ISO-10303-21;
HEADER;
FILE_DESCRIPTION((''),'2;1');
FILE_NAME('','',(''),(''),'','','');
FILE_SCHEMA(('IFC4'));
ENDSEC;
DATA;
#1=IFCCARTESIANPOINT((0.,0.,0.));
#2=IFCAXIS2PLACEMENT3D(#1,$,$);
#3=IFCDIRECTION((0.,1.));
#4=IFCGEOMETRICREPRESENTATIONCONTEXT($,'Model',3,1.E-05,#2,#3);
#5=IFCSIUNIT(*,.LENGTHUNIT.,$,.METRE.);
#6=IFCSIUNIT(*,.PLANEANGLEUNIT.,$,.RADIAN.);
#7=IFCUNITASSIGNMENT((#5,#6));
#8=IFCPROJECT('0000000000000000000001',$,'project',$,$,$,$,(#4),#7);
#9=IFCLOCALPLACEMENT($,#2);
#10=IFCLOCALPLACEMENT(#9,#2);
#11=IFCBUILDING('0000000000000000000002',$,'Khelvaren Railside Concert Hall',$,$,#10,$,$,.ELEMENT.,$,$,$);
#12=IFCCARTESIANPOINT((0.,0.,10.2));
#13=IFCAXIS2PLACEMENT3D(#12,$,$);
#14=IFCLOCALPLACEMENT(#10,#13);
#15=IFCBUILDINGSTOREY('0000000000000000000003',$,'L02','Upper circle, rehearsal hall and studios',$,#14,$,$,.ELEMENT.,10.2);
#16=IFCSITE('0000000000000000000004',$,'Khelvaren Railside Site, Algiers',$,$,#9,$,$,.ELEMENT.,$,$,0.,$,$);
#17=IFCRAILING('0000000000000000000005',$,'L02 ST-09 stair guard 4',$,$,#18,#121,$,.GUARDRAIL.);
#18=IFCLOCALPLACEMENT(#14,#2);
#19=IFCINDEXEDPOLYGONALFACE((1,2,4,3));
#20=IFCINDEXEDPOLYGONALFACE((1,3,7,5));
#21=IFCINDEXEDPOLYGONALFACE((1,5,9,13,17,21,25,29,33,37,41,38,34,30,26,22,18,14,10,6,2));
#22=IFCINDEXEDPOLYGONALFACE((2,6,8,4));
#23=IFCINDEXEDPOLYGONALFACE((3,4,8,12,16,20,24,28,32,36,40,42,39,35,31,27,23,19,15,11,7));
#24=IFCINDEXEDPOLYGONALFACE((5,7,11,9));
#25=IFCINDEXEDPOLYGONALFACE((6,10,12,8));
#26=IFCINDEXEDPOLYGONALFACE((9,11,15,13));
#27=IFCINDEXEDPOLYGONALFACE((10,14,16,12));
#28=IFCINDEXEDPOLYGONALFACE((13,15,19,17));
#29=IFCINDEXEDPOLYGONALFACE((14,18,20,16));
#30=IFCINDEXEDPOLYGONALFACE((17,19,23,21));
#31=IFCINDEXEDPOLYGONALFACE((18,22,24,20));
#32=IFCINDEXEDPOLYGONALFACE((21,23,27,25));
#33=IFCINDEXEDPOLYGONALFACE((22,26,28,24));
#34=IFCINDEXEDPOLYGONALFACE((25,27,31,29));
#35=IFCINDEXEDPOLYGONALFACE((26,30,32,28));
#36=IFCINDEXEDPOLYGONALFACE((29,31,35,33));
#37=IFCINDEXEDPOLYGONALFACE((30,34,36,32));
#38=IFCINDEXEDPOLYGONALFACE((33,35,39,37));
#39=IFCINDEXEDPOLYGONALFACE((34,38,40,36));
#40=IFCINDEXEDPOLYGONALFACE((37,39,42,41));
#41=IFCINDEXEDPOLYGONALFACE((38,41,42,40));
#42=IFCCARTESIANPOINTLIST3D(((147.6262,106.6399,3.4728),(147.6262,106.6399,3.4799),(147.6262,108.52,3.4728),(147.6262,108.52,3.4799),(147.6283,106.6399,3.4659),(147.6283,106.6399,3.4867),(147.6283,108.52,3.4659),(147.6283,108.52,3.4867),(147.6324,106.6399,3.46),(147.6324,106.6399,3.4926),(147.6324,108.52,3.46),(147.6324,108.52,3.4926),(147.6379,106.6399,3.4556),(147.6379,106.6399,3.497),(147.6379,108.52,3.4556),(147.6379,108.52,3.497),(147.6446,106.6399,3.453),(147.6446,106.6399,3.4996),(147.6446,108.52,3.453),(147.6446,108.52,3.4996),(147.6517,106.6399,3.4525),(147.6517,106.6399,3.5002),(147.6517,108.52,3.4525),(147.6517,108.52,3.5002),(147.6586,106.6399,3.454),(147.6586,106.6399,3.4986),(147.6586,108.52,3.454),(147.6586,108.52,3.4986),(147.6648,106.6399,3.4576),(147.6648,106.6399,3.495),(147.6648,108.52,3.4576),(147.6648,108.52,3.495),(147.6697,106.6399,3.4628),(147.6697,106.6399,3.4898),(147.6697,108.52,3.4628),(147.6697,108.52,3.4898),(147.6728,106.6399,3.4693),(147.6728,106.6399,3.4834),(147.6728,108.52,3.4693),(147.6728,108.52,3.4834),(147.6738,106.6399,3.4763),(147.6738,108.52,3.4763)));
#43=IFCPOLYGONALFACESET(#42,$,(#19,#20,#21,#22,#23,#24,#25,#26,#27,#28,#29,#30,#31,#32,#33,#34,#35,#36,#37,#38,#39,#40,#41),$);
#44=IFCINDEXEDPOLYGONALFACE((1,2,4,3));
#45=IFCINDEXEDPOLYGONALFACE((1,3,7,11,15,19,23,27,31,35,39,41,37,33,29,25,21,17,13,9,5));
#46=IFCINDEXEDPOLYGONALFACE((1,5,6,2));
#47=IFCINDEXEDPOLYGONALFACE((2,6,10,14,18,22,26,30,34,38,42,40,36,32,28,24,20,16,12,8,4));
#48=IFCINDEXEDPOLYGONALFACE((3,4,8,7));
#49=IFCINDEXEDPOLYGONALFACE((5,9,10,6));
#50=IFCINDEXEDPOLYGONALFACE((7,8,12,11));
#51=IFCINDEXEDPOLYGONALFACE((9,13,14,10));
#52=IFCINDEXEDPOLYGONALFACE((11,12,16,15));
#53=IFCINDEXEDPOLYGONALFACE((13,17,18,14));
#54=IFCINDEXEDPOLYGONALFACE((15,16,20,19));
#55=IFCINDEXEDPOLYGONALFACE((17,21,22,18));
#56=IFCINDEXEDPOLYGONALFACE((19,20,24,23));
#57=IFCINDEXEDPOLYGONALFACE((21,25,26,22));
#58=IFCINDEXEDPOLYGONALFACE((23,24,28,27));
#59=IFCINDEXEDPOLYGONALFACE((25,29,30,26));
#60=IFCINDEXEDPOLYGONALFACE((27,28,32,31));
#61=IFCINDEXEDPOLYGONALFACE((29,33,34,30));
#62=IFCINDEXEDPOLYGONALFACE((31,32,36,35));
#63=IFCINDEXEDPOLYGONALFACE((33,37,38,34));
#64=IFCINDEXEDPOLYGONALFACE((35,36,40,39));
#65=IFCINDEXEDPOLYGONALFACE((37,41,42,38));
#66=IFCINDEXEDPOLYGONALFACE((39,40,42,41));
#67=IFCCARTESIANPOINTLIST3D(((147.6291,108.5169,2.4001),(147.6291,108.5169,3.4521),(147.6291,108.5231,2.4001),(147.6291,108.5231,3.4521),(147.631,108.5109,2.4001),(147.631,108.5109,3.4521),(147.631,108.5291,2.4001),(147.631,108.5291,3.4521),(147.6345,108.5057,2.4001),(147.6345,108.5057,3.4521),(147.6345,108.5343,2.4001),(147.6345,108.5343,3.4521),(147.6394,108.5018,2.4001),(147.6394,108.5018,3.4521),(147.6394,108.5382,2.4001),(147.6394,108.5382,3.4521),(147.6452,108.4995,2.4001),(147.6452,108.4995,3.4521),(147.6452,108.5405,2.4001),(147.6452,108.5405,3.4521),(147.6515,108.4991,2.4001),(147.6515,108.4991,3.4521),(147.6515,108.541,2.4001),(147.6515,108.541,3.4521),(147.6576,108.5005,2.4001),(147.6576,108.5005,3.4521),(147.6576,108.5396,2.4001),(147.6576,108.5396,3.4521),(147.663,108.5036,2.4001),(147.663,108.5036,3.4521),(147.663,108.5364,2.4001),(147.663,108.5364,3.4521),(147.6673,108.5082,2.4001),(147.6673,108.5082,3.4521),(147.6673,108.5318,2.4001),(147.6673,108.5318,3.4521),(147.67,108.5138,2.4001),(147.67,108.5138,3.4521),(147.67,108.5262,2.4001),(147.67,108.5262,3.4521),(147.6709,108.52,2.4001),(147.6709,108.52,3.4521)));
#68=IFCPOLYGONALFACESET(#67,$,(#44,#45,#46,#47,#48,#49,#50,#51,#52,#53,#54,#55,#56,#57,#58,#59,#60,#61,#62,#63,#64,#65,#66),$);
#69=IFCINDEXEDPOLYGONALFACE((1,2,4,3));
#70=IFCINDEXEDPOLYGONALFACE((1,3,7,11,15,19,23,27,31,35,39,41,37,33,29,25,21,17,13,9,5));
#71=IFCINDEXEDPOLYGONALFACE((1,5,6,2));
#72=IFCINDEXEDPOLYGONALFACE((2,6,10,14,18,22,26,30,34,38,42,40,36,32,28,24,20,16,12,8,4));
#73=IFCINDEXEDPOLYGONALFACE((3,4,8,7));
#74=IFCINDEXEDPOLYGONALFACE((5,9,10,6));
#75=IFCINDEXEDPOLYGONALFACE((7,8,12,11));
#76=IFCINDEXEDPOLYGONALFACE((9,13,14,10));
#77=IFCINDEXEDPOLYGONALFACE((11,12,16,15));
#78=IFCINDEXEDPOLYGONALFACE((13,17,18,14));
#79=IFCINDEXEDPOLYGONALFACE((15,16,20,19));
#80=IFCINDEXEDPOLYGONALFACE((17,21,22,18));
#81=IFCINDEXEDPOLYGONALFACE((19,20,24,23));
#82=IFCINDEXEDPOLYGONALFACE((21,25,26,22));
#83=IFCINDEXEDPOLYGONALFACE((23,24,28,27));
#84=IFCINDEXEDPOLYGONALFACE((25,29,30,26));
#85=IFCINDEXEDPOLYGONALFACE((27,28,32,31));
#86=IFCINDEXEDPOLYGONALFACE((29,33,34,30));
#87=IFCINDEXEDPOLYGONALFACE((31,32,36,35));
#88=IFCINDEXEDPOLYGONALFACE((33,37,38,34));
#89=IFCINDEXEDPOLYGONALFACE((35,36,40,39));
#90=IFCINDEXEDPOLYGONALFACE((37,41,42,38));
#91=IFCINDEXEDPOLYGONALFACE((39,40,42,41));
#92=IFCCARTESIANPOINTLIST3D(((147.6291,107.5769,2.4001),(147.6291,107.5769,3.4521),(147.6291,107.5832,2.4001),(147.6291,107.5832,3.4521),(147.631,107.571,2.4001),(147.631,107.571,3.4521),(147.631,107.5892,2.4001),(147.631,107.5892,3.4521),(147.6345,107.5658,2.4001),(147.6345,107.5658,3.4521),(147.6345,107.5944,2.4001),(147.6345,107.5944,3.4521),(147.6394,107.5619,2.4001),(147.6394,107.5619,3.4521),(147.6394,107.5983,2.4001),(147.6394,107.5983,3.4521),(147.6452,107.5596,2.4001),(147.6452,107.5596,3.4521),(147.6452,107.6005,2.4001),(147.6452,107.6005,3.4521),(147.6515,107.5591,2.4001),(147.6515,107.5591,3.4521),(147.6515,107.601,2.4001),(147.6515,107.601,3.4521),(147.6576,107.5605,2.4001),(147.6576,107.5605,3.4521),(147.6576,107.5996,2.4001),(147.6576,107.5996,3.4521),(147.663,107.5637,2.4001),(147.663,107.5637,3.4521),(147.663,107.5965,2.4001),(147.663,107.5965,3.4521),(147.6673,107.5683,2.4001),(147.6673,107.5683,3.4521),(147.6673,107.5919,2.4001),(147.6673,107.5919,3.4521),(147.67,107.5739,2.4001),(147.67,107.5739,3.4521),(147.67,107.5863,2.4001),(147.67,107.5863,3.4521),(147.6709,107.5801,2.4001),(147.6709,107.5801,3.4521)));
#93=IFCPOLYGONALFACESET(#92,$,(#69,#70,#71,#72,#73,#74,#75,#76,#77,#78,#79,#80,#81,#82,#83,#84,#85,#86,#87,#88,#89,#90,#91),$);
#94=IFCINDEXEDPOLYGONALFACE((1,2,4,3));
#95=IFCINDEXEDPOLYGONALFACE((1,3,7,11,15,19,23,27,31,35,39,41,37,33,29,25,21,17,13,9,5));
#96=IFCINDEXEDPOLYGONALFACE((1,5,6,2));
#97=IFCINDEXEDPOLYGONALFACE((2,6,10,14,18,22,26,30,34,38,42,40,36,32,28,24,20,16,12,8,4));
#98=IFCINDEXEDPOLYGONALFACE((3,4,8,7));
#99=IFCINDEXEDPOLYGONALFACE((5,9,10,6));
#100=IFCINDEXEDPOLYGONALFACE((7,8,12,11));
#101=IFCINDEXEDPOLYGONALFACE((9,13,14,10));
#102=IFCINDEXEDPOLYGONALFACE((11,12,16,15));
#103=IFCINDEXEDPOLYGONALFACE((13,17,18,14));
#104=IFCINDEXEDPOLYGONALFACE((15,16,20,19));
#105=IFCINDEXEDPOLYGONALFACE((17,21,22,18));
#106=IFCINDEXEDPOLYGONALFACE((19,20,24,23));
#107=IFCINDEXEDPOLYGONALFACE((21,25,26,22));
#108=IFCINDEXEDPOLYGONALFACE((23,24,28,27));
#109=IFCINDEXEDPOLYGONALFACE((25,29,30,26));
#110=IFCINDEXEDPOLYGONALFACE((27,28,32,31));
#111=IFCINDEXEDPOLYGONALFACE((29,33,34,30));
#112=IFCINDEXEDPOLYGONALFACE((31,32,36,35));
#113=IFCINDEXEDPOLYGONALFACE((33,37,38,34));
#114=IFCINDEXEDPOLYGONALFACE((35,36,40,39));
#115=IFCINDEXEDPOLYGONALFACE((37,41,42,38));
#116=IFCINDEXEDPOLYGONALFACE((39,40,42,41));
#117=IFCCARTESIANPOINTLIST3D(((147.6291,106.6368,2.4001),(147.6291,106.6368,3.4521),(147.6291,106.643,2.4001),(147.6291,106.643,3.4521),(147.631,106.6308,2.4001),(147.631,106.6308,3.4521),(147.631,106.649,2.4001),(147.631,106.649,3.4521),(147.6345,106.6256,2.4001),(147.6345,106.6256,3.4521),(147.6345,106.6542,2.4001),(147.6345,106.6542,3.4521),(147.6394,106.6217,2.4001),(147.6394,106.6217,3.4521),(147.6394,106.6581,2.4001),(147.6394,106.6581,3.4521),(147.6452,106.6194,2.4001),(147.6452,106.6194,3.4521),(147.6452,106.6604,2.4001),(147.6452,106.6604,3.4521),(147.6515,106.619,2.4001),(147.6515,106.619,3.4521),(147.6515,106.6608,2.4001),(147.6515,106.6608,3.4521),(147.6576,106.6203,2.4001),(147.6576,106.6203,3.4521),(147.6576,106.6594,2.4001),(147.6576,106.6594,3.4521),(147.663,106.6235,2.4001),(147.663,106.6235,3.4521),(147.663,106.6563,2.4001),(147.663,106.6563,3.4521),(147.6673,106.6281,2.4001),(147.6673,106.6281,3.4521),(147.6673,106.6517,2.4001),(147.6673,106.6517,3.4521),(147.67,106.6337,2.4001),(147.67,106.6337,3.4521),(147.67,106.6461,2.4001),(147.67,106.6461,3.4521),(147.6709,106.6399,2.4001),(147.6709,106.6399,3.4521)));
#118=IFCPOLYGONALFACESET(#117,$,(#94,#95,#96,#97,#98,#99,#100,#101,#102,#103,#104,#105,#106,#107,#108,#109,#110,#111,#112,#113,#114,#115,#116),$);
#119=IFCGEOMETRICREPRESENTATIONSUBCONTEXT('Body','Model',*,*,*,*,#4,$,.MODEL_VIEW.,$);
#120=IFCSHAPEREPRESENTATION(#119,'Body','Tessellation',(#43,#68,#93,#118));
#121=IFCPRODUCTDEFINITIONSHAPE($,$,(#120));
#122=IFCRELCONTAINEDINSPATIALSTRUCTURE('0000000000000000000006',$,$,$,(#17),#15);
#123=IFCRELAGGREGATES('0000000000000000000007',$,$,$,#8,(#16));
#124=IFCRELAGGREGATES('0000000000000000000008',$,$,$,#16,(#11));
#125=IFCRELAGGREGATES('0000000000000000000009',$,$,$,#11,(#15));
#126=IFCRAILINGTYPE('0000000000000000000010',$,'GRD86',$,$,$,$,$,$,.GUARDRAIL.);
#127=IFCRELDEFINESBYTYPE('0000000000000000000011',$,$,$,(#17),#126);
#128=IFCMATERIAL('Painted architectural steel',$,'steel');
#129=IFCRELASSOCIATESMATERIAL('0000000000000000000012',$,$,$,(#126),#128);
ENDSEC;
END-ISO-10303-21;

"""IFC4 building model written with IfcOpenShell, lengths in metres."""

from ifc_helpers import new_model, si_unit, direction, frame, origin, origin_2d, place, context, subcontext, project, spatial, circle, extrude, material, type_object, element, save


model = new_model("IFC4")

# Units and contexts
model_context = context("Model", 3, precision=1e-05, world=origin(), true_north=direction((0.0, 1.0)))
body_context = subcontext(model_context, "Body", "Model", "MODEL_VIEW")
ifc_project = project(units=[si_unit("LENGTHUNIT", "METRE"), si_unit("PLANEANGLEUNIT", "RADIAN")], contexts=[model_context])

# Site, building, storey
site_placement = place(None, origin())
site = spatial("IfcSite", under=ifc_project, at=site_placement, Name="Khelvaren Railside Site, Algiers", CompositionType="ELEMENT", RefElevation=0.0)
building_placement = place(site_placement, origin())
building = spatial("IfcBuilding", under=site, at=building_placement, Name="Khelvaren Railside Concert Hall", CompositionType="ELEMENT")
storey_placement = place(building_placement, frame((0.0, 0.0, 10.2)))
storey = spatial("IfcBuildingStorey", under=building, at=storey_placement, Name="L02", Description="Upper circle, rehearsal hall and studios", CompositionType="ELEMENT", Elevation=10.2)

# Railing
ifc_material_1 = material(Name="Painted architectural steel", Category="steel")
railing_type_1 = type_object("IfcRailingType", Name="GRD86", PredefinedType="GUARDRAIL", material=ifc_material_1)
for number, where, name in (
    (1, (147.6499, 108.52, 2.4001), "L02 ST-09 stair guard 4"),
):
    element("IfcRailing", number, at=place(storey_placement, frame(where)), inside=storey, type_object=railing_type_1, Name=name, PredefinedType="GUARDRAIL", context=body_context, shape_type="SweptSolid", body=[
        extrude(circle(Radius=0.0239, at=origin_2d()), frame((0.0, 0.0, 1.0762), z_axis=(0.0, -1.0, 0.0), x_axis=(1.0, 0.0, 0.0)), (0.0, 0.0, 1.0), 1.8801),
        extrude(circle(Radius=0.021, at=origin_2d()), origin(), (0.0, 0.0, 1.0), 1.052),
        extrude(circle(Radius=0.021, at=origin_2d()), frame((0.0, -0.9399, 0.0)), (0.0, 0.0, 1.0), 1.052),
        extrude(circle(Radius=0.021, at=origin_2d()), frame((0.0, -1.8801, 0.0)), (0.0, 0.0, 1.0), 1.052),
    ])

save(model, "model.ifc")
